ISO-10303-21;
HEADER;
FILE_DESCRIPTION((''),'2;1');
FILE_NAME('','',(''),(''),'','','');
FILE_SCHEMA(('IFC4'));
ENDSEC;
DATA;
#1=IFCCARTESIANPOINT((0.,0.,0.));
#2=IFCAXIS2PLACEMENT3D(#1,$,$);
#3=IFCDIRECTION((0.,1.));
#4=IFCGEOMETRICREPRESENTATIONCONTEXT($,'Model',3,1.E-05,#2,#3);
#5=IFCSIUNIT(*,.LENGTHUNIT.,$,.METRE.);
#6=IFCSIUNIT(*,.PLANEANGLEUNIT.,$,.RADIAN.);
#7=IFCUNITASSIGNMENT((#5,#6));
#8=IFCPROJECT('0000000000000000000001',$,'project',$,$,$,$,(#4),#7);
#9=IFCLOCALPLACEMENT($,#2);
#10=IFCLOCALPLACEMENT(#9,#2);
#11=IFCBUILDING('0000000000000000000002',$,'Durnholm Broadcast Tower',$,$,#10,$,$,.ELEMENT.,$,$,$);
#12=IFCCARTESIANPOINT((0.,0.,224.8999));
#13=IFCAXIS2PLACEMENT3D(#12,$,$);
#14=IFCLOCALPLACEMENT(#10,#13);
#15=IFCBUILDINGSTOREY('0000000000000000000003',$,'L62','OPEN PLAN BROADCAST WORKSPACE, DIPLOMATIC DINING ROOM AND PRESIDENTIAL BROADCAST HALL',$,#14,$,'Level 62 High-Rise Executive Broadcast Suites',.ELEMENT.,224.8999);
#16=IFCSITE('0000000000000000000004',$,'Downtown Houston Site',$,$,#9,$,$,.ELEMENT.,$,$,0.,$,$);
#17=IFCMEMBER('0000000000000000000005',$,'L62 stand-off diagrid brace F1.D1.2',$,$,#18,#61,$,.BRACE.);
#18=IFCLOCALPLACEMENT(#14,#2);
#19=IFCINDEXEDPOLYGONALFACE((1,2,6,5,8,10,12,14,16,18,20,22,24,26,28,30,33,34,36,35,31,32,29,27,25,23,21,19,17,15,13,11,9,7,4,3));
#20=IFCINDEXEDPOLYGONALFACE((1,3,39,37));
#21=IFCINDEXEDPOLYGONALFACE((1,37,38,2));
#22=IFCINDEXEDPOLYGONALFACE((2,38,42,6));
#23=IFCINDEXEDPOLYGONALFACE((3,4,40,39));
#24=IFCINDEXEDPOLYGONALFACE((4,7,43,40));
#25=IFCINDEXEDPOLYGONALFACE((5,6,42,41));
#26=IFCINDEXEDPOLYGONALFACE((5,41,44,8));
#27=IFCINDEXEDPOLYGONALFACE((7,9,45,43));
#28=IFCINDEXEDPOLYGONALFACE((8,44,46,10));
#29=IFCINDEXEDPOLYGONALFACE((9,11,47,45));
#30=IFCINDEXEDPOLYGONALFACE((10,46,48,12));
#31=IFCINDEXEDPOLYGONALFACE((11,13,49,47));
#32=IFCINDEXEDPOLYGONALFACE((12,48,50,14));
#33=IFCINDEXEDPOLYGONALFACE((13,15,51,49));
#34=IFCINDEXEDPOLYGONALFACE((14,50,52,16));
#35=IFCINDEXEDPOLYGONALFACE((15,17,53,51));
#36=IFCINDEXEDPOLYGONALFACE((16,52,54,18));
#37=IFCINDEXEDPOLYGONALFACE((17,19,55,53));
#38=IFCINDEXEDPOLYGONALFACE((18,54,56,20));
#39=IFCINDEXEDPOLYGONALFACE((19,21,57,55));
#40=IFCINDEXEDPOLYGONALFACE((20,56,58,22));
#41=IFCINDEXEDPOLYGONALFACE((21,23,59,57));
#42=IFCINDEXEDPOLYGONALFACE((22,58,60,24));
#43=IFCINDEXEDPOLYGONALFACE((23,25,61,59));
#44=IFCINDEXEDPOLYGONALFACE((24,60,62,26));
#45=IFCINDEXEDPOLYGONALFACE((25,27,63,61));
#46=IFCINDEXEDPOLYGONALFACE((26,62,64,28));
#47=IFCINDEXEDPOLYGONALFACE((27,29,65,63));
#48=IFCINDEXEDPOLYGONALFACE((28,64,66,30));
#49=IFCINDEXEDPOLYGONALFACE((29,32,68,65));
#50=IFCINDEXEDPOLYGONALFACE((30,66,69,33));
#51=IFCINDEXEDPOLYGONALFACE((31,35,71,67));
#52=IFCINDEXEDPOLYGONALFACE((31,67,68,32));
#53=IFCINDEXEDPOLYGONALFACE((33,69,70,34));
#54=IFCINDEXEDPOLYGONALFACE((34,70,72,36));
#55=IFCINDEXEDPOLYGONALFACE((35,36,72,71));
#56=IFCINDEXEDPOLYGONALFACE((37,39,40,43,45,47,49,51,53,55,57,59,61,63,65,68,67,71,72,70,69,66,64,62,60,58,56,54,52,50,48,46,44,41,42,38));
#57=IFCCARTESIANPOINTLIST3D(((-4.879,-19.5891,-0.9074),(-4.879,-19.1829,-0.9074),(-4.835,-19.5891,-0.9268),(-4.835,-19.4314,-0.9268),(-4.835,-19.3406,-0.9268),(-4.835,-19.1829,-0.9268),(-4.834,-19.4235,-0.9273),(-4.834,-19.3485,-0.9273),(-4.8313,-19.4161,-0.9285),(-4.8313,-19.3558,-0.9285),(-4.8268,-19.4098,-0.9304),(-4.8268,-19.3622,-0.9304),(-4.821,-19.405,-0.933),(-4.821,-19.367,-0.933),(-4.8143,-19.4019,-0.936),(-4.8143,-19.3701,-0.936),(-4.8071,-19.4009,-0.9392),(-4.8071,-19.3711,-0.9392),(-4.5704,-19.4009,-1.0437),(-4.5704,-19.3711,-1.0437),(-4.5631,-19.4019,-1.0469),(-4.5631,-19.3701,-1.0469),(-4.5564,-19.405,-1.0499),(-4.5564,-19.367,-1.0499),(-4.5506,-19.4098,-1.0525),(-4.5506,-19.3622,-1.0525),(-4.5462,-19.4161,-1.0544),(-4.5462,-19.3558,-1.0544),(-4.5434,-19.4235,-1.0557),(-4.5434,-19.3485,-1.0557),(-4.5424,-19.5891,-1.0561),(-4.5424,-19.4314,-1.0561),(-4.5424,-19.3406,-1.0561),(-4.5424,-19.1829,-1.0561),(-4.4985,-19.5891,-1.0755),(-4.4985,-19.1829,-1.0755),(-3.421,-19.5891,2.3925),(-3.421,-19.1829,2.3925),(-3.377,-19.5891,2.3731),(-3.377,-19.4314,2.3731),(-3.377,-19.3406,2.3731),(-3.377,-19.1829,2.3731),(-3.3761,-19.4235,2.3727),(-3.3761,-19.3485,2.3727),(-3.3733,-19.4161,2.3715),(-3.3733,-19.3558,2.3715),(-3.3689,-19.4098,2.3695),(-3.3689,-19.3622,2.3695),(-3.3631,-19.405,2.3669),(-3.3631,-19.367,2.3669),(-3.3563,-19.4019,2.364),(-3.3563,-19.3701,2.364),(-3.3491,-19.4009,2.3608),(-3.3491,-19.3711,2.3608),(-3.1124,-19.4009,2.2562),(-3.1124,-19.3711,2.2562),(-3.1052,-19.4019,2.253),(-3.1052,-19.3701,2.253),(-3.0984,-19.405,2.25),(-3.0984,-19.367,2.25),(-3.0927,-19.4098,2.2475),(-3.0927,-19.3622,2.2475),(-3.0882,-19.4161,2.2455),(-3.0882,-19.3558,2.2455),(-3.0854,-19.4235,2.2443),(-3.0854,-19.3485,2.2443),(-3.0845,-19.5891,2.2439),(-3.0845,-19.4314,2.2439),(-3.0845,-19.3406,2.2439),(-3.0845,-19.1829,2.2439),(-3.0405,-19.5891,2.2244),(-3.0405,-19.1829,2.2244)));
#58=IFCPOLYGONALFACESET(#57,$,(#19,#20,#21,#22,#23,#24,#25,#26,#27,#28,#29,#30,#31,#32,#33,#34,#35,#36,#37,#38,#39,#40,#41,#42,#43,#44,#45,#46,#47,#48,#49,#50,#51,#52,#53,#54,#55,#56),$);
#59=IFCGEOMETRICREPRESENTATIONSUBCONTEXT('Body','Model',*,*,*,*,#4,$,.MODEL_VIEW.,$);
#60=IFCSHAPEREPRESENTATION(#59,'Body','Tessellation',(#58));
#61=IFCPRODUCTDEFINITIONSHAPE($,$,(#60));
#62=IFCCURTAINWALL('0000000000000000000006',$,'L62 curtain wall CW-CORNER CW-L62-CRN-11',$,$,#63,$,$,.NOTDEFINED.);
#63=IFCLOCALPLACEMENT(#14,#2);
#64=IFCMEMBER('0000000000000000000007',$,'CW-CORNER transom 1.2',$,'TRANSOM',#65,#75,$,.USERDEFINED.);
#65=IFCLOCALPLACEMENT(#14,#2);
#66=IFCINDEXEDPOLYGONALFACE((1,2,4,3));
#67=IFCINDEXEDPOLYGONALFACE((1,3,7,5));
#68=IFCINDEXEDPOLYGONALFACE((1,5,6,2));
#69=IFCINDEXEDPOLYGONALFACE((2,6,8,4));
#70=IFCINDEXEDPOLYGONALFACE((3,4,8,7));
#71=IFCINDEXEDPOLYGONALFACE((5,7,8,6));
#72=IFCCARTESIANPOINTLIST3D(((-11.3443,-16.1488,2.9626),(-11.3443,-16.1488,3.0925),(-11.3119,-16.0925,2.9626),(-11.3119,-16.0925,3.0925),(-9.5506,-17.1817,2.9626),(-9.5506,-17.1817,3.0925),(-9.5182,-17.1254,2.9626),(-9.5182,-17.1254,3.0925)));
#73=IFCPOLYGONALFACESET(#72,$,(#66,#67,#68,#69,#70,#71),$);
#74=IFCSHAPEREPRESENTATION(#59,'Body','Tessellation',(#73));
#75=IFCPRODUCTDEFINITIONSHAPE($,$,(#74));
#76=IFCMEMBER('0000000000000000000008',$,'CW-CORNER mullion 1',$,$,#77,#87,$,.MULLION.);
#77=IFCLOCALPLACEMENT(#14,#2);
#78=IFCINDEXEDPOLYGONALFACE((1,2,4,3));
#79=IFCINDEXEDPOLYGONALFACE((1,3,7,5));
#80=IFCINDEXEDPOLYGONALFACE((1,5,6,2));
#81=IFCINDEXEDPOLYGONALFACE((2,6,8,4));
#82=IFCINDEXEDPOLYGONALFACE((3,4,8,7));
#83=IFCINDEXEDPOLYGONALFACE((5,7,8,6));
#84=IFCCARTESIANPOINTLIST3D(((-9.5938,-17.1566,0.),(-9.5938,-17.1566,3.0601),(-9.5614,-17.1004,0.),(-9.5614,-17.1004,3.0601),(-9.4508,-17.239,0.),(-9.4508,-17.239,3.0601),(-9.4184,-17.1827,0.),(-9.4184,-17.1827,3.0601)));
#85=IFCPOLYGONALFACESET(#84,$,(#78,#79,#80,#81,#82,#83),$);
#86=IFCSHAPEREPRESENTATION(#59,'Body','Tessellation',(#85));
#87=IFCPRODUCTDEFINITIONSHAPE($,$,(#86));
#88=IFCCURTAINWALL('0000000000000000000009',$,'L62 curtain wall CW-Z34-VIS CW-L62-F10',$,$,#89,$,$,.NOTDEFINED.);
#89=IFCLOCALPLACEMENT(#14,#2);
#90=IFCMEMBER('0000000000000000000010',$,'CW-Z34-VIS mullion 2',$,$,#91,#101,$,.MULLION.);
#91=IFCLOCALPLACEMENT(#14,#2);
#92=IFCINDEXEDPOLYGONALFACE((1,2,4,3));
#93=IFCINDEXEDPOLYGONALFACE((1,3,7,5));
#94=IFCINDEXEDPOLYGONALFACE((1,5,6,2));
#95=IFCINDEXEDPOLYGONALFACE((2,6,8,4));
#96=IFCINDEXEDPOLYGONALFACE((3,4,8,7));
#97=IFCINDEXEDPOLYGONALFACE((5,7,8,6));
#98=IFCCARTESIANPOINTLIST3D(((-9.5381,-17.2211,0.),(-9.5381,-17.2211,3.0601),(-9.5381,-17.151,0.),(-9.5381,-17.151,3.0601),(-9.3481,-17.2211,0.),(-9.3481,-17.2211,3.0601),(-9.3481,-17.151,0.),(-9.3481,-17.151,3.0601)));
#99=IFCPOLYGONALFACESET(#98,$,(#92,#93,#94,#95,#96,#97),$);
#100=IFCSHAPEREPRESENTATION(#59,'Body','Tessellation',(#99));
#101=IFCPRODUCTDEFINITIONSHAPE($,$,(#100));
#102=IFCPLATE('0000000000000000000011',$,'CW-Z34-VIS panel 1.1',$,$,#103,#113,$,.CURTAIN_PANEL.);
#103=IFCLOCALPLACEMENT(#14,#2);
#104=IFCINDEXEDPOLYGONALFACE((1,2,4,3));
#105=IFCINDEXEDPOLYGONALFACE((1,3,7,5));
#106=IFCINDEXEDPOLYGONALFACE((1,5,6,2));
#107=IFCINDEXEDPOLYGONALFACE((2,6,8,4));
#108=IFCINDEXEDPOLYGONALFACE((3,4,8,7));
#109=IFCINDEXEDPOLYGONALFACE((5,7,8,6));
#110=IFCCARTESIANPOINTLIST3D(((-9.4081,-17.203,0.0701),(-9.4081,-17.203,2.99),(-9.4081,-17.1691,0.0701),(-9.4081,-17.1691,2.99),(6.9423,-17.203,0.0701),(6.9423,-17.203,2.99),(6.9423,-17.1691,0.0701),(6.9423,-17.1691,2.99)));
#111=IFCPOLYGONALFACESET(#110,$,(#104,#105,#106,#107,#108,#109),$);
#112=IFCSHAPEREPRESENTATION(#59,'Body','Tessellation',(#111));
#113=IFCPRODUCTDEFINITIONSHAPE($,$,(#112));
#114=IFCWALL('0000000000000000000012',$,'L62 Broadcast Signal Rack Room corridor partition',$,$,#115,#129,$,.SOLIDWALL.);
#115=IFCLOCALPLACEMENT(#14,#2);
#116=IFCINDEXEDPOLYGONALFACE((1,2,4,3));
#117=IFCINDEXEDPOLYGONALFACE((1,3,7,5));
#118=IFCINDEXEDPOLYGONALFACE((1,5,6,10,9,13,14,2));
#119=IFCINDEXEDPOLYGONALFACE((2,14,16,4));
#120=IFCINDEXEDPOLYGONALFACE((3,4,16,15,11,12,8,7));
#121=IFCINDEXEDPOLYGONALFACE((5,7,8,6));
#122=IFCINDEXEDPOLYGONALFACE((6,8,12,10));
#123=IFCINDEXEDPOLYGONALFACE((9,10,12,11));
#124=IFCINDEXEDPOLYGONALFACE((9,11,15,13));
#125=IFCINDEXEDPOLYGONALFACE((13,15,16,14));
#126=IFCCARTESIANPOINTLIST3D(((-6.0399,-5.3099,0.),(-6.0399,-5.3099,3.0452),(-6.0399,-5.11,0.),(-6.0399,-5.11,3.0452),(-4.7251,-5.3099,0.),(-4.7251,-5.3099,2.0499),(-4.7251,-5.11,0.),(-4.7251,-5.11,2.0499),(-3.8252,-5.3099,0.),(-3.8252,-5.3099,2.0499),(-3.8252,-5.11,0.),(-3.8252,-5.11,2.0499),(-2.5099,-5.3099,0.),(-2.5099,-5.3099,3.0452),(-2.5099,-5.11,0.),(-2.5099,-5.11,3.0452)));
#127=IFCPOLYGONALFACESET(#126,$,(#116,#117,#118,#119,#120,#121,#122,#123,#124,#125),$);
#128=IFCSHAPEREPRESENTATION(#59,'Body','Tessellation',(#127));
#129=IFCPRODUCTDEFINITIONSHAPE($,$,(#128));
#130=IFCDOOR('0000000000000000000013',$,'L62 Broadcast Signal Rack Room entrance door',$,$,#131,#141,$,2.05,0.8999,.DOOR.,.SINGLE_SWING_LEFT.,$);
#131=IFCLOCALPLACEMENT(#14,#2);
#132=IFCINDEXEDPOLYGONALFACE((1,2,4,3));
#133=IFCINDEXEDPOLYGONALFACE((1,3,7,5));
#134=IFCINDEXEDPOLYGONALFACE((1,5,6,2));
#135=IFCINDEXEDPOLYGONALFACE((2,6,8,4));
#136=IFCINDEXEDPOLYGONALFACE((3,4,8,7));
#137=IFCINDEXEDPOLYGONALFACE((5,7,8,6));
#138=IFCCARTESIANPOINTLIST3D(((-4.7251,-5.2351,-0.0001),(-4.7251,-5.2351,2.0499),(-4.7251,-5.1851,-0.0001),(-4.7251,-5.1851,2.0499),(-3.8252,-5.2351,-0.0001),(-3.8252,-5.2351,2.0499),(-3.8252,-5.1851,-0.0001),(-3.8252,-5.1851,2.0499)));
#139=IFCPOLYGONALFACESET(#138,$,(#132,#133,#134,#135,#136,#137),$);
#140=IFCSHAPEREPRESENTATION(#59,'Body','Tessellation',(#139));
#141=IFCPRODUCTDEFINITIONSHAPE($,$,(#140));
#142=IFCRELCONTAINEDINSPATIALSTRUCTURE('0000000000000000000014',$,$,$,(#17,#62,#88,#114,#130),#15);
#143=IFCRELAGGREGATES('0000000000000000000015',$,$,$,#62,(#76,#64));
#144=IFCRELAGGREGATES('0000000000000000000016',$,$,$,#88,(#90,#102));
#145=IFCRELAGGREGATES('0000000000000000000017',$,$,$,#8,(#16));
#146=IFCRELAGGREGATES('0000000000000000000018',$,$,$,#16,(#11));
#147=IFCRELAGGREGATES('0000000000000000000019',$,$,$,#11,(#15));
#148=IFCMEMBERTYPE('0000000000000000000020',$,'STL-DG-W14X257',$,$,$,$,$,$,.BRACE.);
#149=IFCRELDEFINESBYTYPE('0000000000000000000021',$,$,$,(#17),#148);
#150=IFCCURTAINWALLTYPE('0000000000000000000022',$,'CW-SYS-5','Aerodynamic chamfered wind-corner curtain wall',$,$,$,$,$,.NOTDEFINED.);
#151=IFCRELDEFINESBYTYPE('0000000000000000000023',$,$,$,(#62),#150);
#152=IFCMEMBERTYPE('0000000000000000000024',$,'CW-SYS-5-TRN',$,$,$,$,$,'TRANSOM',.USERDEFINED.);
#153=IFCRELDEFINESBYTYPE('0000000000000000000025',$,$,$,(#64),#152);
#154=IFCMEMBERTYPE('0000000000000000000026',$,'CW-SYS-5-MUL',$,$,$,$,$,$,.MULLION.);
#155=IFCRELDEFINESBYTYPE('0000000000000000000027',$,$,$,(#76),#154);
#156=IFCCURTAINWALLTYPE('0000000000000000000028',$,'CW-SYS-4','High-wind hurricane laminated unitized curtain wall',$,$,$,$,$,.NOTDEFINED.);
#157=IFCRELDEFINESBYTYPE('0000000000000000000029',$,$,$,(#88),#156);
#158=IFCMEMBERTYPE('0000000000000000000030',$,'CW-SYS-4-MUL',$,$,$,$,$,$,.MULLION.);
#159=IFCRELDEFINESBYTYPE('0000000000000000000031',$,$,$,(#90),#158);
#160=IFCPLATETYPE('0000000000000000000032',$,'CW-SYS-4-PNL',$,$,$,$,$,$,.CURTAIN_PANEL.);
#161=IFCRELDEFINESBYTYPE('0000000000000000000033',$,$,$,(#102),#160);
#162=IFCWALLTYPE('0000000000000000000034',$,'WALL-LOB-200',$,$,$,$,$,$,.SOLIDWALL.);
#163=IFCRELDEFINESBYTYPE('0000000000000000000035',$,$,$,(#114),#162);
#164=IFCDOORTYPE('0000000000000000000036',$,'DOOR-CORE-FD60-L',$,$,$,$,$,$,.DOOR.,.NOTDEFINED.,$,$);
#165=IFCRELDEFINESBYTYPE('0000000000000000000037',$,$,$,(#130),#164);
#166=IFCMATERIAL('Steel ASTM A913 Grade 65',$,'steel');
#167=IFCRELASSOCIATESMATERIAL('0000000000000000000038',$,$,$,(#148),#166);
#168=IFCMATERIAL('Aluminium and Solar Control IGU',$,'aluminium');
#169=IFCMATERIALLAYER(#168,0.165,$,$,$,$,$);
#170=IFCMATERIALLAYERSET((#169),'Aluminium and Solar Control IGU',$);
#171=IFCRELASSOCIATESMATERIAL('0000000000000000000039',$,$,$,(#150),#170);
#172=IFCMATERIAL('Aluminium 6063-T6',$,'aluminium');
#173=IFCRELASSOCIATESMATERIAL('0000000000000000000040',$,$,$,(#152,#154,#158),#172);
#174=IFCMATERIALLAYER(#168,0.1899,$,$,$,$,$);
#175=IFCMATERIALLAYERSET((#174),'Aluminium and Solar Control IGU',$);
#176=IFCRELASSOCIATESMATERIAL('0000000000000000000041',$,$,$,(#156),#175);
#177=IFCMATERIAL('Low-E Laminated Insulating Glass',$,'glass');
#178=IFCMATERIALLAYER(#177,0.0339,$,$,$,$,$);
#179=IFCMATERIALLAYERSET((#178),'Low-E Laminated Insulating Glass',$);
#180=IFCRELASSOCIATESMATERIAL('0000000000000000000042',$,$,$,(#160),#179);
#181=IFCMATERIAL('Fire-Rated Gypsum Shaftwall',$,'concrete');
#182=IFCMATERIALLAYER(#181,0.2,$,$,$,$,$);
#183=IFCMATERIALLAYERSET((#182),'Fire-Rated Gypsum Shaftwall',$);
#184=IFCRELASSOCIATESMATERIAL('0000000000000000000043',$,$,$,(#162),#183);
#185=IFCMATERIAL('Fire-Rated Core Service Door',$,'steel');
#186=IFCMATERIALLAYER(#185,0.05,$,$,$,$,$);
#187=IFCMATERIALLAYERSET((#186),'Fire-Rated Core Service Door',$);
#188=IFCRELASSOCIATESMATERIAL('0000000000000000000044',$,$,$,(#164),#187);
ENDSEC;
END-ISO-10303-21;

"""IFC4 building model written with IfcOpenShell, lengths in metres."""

from ifc_helpers import new_model, si_unit, direction, frame, frame_2d, origin, origin_2d, place, context, subcontext, project, spatial, rectangle, i_section, extrude, source, transform, mapped, material, layer, layer_set, material_profile, profile_set, type_object, type_shapes, element, fill, aggregate, save


model = new_model("IFC4")

# Units and contexts
model_context = context("Model", 3, precision=1e-05, world=origin(), true_north=direction((0.0, 1.0)))
body_context = subcontext(model_context, "Body", "Model", "MODEL_VIEW")
ifc_project = project(units=[si_unit("LENGTHUNIT", "METRE"), si_unit("PLANEANGLEUNIT", "RADIAN")], contexts=[model_context])

# Site, building, storey
site_placement = place(None, origin())
site = spatial("IfcSite", under=ifc_project, at=site_placement, Name="Downtown Houston Site", CompositionType="ELEMENT", RefElevation=0.0)
building_placement = place(site_placement, origin())
building = spatial("IfcBuilding", under=site, at=building_placement, Name="Durnholm Broadcast Tower", CompositionType="ELEMENT")
storey_placement = place(building_placement, frame((0.0, 0.0, 224.8999)))
storey = spatial("IfcBuildingStorey", under=building, at=storey_placement, Name="L62", Description="OPEN PLAN BROADCAST WORKSPACE, DIPLOMATIC DINING ROOM AND PRESIDENTIAL BROADCAST HALL", LongName="Level 62 High-Rise Executive Broadcast Suites", CompositionType="ELEMENT", Elevation=224.8999)

# Member
ifc_material_1 = material(Name="Steel ASTM A913 Grade 65", Category="steel")
ifc_material_profile_1 = material_profile(ifc_material_1, i_section(OverallWidth=0.4062, OverallDepth=0.416, WebThickness=0.0298, FlangeThickness=0.0481, FilletRadius=0.0305, at=origin_2d()), Name="W14X257")
ifc_profile_set_1 = profile_set([ifc_material_profile_1], Name="Steel ASTM A913 Grade 65")
member_type_1 = type_object("IfcMemberType", Name="STL-DG-W14X257", PredefinedType="BRACE", material=ifc_profile_set_1)
shared_shape_1 = source(origin(), body_context, "Body", "SweptSolid", [
    extrude(i_section(OverallWidth=0.4062, OverallDepth=0.416, WebThickness=0.0298, FlangeThickness=0.0481, FilletRadius=0.0305, at=origin_2d()), origin(), (0.0, 0.0, 1.0), 3.6077),
])
member_1_placement = place(storey_placement, frame((-4.6887, -19.386, -0.9915), z_axis=(0.404128, 0.0, 0.914702), x_axis=(0.0, 1.0, 0.0)))
element("IfcMember", 1, at=member_1_placement, inside=storey, type_object=member_type_1, Name="L62 stand-off diagrid brace F1.D1.2", PredefinedType="BRACE", context=body_context, shape_type="MappedRepresentation", body=[
    mapped(shared_shape_1, transform((0.0, 0.0, 0.0), x_axis=(1.0, 0.0, 0.0), y_axis=(0.0, 1.0, 0.0), z_axis=(0.0, 0.0, 1.0), scale=1.0)),
])

# Curtain wall, members
ifc_material_2 = material(Name="Aluminium and Solar Control IGU", Category="aluminium")
ifc_layer_1 = layer(ifc_material_2, 0.165)
ifc_layer_set_1 = layer_set([ifc_layer_1], Name="Aluminium and Solar Control IGU")
curtain_wall_type_1 = type_object("IfcCurtainWallType", Name="CW-SYS-5", Description="Aerodynamic chamfered wind-corner curtain wall", PredefinedType="NOTDEFINED", material=ifc_layer_set_1)
curtain_wall_1_placement = place(storey_placement, origin())
curtain_wall_1 = element("IfcCurtainWall", 2, at=curtain_wall_1_placement, inside=storey, type_object=curtain_wall_type_1, Name="L62 curtain wall CW-CORNER CW-L62-CRN-11", PredefinedType="NOTDEFINED")
ifc_material_3 = material(Name="Aluminium 6063-T6", Category="aluminium")
ifc_material_profile_2 = material_profile(ifc_material_3, rectangle(XDim=0.0649, YDim=0.1299, at=origin_2d()), Name="CWT65X130")
ifc_profile_set_2 = profile_set([ifc_material_profile_2], Name="Aluminium 6063-T6")
member_type_2 = type_object("IfcMemberType", Name="CW-SYS-5-TRN", ElementType="TRANSOM", PredefinedType="USERDEFINED", material=ifc_profile_set_2)
shared_shape_2 = source(origin(), body_context, "Body", "SweptSolid", [
    extrude(rectangle(XDim=0.0649, YDim=0.1299, at=origin_2d()), origin(), (0.0, 0.0, 1.0), 2.0698),
])
type_shapes(member_type_2, [shared_shape_2])
member_2_placement = place(storey_placement, frame((-9.5344, -17.1536, 3.0276), z_axis=(-0.866576, 0.499045, 0.0), x_axis=(-0.499045, -0.866576, 0.0)))
member_2 = element("IfcMember", 3, at=member_2_placement, type_object=member_type_2, Name="CW-CORNER transom 1.2", ObjectType="TRANSOM", PredefinedType="USERDEFINED", context=body_context, shape_type="MappedRepresentation", body=[
    mapped(shared_shape_2, transform((0.0, 0.0, 0.0), x_axis=(1.0, 0.0, 0.0), y_axis=(0.0, 1.0, 0.0), z_axis=(0.0, 0.0, 1.0), scale=1.0)),
])
ifc_material_profile_3 = material_profile(ifc_material_3, rectangle(XDim=0.0649, YDim=0.165, at=origin_2d()), Name="CWM65X165")
ifc_profile_set_3 = profile_set([ifc_material_profile_3], Name="Aluminium 6063-T6")
member_type_3 = type_object("IfcMemberType", Name="CW-SYS-5-MUL", PredefinedType="MULLION", material=ifc_profile_set_3)
shared_shape_3 = source(origin(), body_context, "Body", "SweptSolid", [
    extrude(rectangle(XDim=0.0649, YDim=0.165, at=origin_2d()), origin(), (0.0, 0.0, 1.0), 3.0601),
])
type_shapes(member_type_3, [shared_shape_3])
member_3_placement = place(storey_placement, frame((-9.5061, -17.1697, 0.0), z_axis=(0.0, 0.0, 1.0), x_axis=(-0.499059, -0.866568, 0.0)))
member_3 = element("IfcMember", 4, at=member_3_placement, type_object=member_type_3, Name="CW-CORNER mullion 1", PredefinedType="MULLION", context=body_context, shape_type="MappedRepresentation", body=[
    mapped(shared_shape_3, transform((0.0, 0.0, 0.0), x_axis=(1.0, 0.0, 0.0), y_axis=(0.0, 1.0, 0.0), z_axis=(0.0, 0.0, 1.0), scale=1.0)),
])
aggregate(curtain_wall_1, [member_3, member_2])

# Curtain wall, member, plate
ifc_layer_2 = layer(ifc_material_2, 0.1899)
ifc_layer_set_2 = layer_set([ifc_layer_2], Name="Aluminium and Solar Control IGU")
curtain_wall_type_2 = type_object("IfcCurtainWallType", Name="CW-SYS-4", Description="High-wind hurricane laminated unitized curtain wall", PredefinedType="NOTDEFINED", material=ifc_layer_set_2)
curtain_wall_2_placement = place(storey_placement, origin())
curtain_wall_2 = element("IfcCurtainWall", 5, at=curtain_wall_2_placement, inside=storey, type_object=curtain_wall_type_2, Name="L62 curtain wall CW-Z34-VIS CW-L62-F10", PredefinedType="NOTDEFINED")
ifc_material_profile_4 = material_profile(ifc_material_3, rectangle(XDim=0.0701, YDim=0.1899, at=origin_2d()), Name="CWM70X190")
ifc_profile_set_4 = profile_set([ifc_material_profile_4], Name="Aluminium 6063-T6")
member_type_4 = type_object("IfcMemberType", Name="CW-SYS-4-MUL", PredefinedType="MULLION", material=ifc_profile_set_4)
shared_shape_4 = source(origin(), body_context, "Body", "SweptSolid", [
    extrude(rectangle(XDim=0.0701, YDim=0.1899, at=origin_2d()), origin(), (0.0, 0.0, 1.0), 3.0601),
])
type_shapes(member_type_4, [shared_shape_4])
member_4_placement = place(storey_placement, frame((-9.4431, -17.186, 0.0), z_axis=(0.0, 0.0, 1.0), x_axis=(0.0, -1.0, 0.0)))
member_4 = element("IfcMember", 6, at=member_4_placement, type_object=member_type_4, Name="CW-Z34-VIS mullion 2", PredefinedType="MULLION", context=body_context, shape_type="MappedRepresentation", body=[
    mapped(shared_shape_4, transform((0.0, 0.0, 0.0), x_axis=(1.0, 0.0, 0.0), y_axis=(0.0, 1.0, 0.0), z_axis=(0.0, 0.0, 1.0), scale=1.0)),
])
ifc_material_4 = material(Name="Low-E Laminated Insulating Glass", Category="glass")
ifc_layer_3 = layer(ifc_material_4, 0.0339)
ifc_layer_set_3 = layer_set([ifc_layer_3], Name="Low-E Laminated Insulating Glass")
plate_type = type_object("IfcPlateType", Name="CW-SYS-4-PNL", PredefinedType="CURTAIN_PANEL", material=ifc_layer_set_3)
shared_shape_5 = source(origin(), body_context, "Body", "SweptSolid", [
    extrude(rectangle(XDim=16.3503, YDim=0.0339, at=origin_2d()), origin(), (0.0, 0.0, 1.0), 2.9199),
])
type_shapes(plate_type, [shared_shape_5])
plate_placement = place(storey_placement, frame((-1.2329, -17.186, 0.0701), z_axis=(0.0, 0.0, 1.0), x_axis=(-1.0, 0.0, 0.0)))
plate = element("IfcPlate", 7, at=plate_placement, type_object=plate_type, Name="CW-Z34-VIS panel 1.1", PredefinedType="CURTAIN_PANEL", context=body_context, shape_type="MappedRepresentation", body=[
    mapped(shared_shape_5, transform((0.0, 0.0, 0.0), x_axis=(1.0, 0.0, 0.0), y_axis=(0.0, 1.0, 0.0), z_axis=(0.0, 0.0, 1.0), scale=1.0)),
])
aggregate(curtain_wall_2, [member_4, plate])

# Wall, opening, door
ifc_material_5 = material(Name="Fire-Rated Gypsum Shaftwall", Category="concrete")
ifc_layer_4 = layer(ifc_material_5, 0.2)
ifc_layer_set_4 = layer_set([ifc_layer_4], Name="Fire-Rated Gypsum Shaftwall")
wall_type_1 = type_object("IfcWallType", Name="WALL-LOB-200", PredefinedType="SOLIDWALL", material=ifc_layer_set_4)
wall_1_placement = place(storey_placement, frame((-6.04, -5.21, 0.0), z_axis=(0.0, 0.0, 1.0), x_axis=(1.0, 0.0, 0.0)))
wall_1 = element("IfcWall", 8, at=wall_1_placement, inside=storey, type_object=wall_type_1, Name="L62 Broadcast Signal Rack Room corridor partition", PredefinedType="SOLIDWALL", context=body_context, shape_type="SweptSolid", body=[
    extrude(rectangle(XDim=3.53, YDim=0.2, at=frame_2d((1.7651, 0.0))), origin(), (0.0, 0.0, 1.0), 3.0452),
])
opening_1_placement = place(wall_1_placement, frame((1.3149, 0.0, 0.0)))
opening_1 = element("IfcOpeningElement", 9, at=opening_1_placement, cuts=wall_1, PredefinedType="OPENING", context=body_context, shape_type="SweptSolid", body=[
    extrude(rectangle(XDim=0.8999, YDim=2.05, at=frame_2d((0.45, 1.0249))), frame((0.0, 0.1099, 0.0), z_axis=(0.0, -1.0, 0.0), x_axis=(1.0, 0.0, 0.0)), (0.0, 0.0, 1.0), 0.22),
])
ifc_material_6 = material(Name="Fire-Rated Core Service Door", Category="steel")
ifc_layer_5 = layer(ifc_material_6, 0.05)
ifc_layer_set_5 = layer_set([ifc_layer_5], Name="Fire-Rated Core Service Door")
door_type_1 = type_object("IfcDoorType", Name="DOOR-CORE-FD60-L", OperationType="NOTDEFINED", PredefinedType="DOOR", material=ifc_layer_set_5)
shared_shape_6 = source(origin(), body_context, "Body", "SweptSolid", [
    extrude(rectangle(XDim=0.8999, YDim=2.05, at=frame_2d((0.45, 1.0249))), frame((0.0, 0.0249, 0.0), z_axis=(0.0, -1.0, 0.0), x_axis=(1.0, 0.0, 0.0)), (0.0, 0.0, 1.0), 0.05),
])
type_shapes(door_type_1, [shared_shape_6])
door_1_placement = place(opening_1_placement, origin())
door_1 = element("IfcDoor", 10, at=door_1_placement, inside=storey, type_object=door_type_1, Name="L62 Broadcast Signal Rack Room entrance door", OperationType="SINGLE_SWING_LEFT", OverallHeight=2.05, OverallWidth=0.8999, PredefinedType="DOOR", context=body_context, shape_type="MappedRepresentation", body=[
    mapped(shared_shape_6, transform((0.0, 0.0, 0.0), x_axis=(1.0, 0.0, 0.0), y_axis=(0.0, 1.0, 0.0), z_axis=(0.0, 0.0, 1.0), scale=1.0)),
])
fill(opening_1, door_1)

save(model, "model.ifc")
